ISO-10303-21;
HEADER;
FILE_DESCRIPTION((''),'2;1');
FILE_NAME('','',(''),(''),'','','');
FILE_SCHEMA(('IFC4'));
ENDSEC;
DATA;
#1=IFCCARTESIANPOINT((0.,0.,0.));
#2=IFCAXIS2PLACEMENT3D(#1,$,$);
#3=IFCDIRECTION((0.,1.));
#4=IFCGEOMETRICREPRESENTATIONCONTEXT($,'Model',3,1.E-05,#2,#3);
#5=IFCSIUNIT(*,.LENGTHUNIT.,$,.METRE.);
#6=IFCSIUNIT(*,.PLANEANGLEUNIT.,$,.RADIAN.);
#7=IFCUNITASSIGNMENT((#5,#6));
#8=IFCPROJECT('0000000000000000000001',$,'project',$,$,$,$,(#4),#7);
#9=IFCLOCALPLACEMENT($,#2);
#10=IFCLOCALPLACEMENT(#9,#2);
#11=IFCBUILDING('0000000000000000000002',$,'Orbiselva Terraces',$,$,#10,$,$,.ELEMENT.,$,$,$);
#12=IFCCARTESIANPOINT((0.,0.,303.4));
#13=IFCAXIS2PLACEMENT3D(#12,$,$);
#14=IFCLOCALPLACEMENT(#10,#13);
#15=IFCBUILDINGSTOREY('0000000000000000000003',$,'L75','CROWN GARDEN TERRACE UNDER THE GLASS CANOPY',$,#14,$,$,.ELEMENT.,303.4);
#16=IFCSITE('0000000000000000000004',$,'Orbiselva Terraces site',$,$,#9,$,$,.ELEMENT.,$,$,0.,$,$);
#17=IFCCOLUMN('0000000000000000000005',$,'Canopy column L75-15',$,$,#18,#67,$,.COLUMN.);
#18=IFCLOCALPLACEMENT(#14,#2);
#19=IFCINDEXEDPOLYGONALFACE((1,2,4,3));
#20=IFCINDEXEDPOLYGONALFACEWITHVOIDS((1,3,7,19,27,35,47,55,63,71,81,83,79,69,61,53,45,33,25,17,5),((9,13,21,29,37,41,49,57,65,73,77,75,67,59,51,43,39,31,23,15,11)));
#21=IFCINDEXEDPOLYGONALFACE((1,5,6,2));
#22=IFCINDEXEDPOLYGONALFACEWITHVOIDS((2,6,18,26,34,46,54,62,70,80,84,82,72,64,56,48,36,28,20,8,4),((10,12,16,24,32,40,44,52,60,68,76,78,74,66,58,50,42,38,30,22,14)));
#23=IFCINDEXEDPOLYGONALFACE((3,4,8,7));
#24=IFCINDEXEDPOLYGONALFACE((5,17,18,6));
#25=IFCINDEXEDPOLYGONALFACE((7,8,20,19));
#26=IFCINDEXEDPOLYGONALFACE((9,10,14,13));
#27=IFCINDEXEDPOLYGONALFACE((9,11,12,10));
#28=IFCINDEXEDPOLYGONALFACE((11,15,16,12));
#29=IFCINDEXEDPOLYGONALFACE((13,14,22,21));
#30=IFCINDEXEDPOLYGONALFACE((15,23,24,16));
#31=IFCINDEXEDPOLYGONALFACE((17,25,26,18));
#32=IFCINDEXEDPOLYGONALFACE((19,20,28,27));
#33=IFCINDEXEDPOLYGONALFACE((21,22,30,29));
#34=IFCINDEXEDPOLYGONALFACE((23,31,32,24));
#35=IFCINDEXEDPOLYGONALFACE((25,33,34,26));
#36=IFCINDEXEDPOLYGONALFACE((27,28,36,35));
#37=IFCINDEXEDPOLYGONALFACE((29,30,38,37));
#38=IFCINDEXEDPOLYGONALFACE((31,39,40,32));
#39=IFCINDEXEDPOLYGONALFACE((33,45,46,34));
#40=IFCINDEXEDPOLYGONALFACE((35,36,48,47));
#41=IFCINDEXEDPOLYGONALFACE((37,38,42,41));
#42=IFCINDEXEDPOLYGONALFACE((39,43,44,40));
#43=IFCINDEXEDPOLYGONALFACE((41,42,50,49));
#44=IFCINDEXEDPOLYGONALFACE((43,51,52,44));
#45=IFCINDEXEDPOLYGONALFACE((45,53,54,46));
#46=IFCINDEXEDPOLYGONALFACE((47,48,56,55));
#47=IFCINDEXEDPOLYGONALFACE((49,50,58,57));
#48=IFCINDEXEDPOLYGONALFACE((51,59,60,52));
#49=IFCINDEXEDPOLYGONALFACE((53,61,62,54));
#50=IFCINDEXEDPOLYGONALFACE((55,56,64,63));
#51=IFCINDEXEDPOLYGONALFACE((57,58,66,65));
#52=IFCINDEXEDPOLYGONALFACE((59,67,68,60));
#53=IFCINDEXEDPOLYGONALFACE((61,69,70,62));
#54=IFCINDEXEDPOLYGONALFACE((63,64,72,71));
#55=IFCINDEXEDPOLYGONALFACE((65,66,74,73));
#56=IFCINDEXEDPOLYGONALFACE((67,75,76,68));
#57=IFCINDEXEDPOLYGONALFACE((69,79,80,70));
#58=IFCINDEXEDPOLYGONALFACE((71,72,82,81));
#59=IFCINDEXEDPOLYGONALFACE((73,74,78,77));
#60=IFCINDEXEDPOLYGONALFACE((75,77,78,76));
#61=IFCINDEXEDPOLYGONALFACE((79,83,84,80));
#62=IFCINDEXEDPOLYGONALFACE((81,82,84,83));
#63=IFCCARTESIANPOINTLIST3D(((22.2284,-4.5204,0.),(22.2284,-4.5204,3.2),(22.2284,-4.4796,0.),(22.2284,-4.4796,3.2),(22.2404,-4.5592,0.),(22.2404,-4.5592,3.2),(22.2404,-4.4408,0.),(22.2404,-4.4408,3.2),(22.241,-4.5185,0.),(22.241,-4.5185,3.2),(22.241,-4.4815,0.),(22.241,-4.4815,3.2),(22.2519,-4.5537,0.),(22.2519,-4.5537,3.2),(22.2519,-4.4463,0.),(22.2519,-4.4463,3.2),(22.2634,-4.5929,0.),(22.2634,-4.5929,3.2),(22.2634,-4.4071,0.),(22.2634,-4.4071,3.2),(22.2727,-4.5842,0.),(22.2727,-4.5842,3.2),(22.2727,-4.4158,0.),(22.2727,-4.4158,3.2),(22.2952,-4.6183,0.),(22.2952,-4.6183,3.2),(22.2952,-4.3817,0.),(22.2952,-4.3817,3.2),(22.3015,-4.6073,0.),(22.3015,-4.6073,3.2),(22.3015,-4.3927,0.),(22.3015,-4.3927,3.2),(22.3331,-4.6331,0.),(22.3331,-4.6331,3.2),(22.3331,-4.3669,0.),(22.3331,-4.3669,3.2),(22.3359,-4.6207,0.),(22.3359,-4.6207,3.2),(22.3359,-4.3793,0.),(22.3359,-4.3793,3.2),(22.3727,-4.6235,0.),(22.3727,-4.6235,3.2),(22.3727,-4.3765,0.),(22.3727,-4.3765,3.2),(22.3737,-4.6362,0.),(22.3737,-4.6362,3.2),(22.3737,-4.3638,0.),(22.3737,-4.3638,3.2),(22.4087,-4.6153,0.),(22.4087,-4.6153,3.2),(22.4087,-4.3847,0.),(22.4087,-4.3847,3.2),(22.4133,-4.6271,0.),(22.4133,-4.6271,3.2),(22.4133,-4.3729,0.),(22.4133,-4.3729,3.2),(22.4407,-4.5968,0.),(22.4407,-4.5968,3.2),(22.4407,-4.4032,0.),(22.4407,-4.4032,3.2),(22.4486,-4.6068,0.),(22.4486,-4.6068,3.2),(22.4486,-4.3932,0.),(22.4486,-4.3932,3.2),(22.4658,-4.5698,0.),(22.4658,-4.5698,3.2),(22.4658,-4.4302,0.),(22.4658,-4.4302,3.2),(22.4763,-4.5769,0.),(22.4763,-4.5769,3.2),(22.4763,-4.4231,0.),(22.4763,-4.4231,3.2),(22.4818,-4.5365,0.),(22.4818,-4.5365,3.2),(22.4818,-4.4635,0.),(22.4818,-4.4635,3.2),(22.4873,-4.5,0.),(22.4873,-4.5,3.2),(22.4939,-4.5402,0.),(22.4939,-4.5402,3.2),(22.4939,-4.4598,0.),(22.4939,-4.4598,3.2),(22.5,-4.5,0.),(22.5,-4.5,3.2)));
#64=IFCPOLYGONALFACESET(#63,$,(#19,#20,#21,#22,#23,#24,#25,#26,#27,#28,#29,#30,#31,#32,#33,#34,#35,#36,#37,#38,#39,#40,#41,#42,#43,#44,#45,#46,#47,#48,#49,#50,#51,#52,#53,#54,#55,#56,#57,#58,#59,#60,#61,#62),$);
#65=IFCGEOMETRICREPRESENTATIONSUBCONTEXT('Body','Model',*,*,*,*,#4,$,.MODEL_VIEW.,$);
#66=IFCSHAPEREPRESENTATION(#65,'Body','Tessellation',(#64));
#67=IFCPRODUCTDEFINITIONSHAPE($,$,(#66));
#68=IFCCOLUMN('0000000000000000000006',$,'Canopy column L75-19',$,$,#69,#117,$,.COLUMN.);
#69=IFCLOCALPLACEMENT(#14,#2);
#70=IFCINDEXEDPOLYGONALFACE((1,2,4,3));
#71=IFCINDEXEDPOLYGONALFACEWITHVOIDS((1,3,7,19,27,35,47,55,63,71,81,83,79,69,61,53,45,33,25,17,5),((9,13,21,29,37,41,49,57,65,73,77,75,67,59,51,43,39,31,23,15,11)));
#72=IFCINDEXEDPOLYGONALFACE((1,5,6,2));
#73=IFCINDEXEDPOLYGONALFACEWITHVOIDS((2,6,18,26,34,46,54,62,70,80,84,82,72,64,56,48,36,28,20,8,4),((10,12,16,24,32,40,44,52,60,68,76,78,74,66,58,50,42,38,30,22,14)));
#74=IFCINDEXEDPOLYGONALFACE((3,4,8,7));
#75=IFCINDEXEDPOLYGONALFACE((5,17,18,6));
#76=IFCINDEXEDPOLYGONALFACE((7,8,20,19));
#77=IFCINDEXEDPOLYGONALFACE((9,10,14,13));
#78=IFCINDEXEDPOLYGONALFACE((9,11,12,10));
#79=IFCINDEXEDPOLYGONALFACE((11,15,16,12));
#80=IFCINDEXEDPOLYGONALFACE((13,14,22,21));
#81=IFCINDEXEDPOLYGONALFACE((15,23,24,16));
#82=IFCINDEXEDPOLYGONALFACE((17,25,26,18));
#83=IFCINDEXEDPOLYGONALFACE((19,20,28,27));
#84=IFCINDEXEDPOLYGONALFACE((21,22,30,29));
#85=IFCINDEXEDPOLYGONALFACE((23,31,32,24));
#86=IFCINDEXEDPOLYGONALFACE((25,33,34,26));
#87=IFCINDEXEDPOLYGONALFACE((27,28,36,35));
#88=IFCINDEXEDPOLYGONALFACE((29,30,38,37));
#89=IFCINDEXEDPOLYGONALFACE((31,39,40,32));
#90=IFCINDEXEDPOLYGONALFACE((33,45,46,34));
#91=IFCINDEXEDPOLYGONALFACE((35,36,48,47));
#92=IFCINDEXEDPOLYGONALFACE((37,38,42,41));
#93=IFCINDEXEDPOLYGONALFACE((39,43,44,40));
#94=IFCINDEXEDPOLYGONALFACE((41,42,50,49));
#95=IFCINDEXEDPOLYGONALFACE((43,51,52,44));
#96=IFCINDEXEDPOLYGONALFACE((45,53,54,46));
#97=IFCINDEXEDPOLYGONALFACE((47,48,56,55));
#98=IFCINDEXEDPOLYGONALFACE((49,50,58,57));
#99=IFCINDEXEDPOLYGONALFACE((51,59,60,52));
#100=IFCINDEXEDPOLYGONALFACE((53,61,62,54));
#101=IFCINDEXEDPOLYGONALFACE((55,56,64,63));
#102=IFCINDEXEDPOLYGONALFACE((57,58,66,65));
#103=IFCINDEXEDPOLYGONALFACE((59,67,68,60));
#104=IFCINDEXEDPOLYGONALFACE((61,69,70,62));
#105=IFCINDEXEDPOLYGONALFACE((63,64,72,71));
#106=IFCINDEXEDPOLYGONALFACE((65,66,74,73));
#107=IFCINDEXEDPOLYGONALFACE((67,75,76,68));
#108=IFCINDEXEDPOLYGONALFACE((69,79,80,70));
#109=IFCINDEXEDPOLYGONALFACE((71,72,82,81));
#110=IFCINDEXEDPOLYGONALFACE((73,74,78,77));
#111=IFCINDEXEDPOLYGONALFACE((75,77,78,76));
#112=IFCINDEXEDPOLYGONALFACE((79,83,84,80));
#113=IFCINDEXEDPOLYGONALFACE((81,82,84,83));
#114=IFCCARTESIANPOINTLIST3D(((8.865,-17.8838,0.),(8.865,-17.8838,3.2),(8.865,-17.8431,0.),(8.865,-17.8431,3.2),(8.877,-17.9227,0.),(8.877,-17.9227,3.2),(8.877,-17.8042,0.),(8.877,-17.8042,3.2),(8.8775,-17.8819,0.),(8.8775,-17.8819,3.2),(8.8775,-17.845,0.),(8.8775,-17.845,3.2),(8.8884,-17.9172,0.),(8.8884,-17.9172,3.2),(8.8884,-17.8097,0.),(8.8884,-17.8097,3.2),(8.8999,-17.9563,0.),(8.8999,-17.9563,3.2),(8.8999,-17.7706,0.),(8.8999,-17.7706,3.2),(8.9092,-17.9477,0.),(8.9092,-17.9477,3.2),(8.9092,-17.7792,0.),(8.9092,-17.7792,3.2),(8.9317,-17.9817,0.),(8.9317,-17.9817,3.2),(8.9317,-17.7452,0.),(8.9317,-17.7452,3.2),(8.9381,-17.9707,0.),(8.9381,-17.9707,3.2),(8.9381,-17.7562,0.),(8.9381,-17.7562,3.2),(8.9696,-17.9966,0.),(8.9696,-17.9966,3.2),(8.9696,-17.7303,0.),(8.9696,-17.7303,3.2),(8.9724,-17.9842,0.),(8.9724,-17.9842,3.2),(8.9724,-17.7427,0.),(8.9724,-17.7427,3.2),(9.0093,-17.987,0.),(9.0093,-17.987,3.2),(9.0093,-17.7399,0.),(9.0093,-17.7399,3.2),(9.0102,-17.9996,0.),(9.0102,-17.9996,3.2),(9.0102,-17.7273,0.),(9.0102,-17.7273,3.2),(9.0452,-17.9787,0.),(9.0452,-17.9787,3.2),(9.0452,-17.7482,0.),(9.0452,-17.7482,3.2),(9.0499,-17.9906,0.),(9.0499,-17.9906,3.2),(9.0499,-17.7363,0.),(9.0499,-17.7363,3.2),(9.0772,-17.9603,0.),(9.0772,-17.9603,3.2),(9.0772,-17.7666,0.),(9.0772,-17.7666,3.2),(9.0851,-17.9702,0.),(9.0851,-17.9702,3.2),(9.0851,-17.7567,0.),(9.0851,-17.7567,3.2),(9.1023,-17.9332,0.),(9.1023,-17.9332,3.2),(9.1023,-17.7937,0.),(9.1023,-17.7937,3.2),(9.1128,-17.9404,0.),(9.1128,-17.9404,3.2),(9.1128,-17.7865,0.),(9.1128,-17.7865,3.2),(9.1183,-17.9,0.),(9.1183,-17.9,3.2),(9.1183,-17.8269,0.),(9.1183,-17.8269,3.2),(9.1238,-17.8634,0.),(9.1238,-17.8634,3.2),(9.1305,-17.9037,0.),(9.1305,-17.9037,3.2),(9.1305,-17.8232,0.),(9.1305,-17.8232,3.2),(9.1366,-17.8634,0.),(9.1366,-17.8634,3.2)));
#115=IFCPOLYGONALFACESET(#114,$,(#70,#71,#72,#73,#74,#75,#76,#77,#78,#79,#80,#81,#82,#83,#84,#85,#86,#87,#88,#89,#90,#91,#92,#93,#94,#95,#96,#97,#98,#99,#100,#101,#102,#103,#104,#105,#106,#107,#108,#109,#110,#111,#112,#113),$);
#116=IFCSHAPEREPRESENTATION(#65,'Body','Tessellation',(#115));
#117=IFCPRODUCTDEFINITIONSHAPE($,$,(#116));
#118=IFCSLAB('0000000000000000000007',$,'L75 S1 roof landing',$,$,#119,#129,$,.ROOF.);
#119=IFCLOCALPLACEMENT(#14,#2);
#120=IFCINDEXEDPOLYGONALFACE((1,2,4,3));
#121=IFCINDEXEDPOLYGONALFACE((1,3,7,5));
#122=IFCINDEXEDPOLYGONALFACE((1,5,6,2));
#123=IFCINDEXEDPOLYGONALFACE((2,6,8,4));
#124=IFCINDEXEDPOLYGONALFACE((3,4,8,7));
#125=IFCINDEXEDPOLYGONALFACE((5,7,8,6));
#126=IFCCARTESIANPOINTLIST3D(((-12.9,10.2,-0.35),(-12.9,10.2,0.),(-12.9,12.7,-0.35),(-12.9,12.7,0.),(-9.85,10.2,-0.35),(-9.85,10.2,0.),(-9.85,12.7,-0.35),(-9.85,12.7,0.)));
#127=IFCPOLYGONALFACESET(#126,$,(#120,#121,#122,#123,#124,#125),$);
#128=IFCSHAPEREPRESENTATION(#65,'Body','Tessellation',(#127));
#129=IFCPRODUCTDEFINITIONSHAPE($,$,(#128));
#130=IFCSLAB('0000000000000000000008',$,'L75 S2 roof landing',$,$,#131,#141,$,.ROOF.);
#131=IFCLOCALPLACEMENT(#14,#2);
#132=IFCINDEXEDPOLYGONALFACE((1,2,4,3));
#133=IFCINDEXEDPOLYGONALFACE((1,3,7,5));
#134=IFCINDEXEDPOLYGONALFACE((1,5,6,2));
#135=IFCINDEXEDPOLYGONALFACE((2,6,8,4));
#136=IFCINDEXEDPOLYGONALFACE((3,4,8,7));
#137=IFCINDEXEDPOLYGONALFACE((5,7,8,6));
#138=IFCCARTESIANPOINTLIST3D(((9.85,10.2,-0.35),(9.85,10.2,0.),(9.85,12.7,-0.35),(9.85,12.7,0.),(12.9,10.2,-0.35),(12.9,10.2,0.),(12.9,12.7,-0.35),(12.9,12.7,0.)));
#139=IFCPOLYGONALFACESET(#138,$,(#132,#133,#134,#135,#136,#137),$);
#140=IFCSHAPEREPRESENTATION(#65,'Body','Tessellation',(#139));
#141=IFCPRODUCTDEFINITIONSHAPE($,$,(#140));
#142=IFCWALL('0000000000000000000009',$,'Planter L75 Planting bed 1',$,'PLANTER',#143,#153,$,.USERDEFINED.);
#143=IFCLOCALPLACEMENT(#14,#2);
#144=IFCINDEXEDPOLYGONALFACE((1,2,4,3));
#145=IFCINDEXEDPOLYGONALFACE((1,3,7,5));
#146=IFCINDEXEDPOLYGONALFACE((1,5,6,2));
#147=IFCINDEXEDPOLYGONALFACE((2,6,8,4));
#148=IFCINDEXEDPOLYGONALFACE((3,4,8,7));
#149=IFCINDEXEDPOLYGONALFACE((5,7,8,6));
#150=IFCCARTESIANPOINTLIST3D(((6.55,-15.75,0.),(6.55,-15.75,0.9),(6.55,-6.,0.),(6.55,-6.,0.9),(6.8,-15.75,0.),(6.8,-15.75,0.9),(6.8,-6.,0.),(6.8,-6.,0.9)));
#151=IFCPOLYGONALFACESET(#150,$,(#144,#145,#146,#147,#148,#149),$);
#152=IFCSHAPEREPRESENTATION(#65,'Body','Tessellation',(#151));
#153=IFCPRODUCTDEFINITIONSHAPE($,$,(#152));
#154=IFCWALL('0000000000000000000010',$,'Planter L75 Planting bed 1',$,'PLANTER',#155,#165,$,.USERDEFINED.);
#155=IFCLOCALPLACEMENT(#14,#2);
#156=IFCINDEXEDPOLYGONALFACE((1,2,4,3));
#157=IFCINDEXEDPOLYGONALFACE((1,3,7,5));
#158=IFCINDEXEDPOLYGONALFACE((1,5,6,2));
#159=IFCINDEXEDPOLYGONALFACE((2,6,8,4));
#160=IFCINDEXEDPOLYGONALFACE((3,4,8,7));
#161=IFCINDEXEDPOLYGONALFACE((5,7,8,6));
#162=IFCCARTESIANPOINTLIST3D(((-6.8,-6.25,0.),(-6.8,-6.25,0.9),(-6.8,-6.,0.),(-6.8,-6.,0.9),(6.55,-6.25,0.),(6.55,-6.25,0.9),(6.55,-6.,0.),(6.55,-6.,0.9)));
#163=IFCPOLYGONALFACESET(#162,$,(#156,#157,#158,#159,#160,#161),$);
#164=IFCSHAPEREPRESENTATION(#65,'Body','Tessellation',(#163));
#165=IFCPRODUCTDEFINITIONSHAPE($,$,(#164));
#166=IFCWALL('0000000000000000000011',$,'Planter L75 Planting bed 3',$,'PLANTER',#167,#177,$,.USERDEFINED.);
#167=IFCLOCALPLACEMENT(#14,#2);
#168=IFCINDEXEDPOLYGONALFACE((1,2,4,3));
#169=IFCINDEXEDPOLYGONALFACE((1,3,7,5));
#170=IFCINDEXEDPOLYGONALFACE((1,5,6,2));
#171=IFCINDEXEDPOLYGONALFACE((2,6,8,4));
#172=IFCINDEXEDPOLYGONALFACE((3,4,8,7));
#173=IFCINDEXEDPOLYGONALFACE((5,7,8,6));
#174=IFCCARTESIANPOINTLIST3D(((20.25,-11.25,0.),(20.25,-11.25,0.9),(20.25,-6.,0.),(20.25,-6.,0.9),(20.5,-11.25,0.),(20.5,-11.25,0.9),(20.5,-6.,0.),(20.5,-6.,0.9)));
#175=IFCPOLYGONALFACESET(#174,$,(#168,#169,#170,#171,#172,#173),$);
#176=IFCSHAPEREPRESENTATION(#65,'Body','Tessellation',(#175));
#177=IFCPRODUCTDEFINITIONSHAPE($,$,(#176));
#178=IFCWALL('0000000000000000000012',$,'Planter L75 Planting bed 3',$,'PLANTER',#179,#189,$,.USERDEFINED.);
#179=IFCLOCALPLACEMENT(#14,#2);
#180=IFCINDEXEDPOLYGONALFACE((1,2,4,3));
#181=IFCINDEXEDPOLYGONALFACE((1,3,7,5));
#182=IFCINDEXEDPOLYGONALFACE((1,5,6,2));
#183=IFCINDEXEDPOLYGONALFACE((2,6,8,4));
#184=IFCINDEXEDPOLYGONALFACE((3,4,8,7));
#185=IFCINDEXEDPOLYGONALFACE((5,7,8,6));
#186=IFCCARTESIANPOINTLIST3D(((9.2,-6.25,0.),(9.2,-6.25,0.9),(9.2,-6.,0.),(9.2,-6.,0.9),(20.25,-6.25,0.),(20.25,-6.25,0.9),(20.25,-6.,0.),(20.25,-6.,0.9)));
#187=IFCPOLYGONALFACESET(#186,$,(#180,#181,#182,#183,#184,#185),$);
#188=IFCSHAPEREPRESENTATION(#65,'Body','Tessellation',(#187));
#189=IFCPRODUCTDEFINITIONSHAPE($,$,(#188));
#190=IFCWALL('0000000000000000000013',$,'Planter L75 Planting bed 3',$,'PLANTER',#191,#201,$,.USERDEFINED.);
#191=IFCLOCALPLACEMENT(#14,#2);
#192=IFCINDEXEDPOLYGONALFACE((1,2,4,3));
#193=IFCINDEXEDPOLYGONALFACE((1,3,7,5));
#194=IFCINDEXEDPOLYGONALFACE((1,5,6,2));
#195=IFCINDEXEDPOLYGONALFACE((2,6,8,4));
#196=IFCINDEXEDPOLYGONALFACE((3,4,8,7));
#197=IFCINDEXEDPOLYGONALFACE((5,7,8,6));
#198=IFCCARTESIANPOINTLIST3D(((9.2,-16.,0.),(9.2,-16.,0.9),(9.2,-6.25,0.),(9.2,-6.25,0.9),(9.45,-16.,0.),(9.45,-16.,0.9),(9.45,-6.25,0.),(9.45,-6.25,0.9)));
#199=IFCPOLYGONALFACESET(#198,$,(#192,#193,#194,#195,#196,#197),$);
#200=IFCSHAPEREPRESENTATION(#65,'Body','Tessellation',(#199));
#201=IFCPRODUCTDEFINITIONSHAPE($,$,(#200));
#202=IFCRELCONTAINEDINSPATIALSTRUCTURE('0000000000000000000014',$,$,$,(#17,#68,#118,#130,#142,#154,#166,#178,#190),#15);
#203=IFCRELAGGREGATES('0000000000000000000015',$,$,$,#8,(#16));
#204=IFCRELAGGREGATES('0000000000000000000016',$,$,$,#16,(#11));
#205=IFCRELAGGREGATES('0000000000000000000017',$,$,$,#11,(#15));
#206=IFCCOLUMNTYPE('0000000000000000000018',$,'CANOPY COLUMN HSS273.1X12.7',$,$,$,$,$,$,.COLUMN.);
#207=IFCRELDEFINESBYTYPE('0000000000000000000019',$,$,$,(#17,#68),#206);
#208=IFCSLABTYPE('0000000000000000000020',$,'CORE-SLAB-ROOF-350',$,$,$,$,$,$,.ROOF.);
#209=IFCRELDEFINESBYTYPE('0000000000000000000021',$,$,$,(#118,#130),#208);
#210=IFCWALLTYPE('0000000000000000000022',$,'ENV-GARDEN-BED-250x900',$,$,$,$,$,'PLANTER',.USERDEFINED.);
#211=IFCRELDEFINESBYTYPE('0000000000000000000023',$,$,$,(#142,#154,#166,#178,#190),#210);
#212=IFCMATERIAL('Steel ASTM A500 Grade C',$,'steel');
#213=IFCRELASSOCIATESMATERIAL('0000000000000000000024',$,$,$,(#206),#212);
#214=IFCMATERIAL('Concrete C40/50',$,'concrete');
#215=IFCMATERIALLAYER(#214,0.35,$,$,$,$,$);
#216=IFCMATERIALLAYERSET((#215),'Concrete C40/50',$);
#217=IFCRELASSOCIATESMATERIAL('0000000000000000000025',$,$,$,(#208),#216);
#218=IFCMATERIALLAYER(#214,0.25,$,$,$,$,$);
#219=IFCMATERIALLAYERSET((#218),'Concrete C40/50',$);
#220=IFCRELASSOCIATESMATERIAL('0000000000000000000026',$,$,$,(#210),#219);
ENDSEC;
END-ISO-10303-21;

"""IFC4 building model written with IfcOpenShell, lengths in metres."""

from ifc_helpers import new_model, si_unit, direction, frame, frame_2d, origin, origin_2d, place, context, subcontext, project, spatial, polyline, rectangle, hollow_circle, outline, extrude, material, layer, layer_set, material_profile, profile_set, type_object, element, save


model = new_model("IFC4")

# Units and contexts
model_context = context("Model", 3, precision=1e-05, world=origin(), true_north=direction((0.0, 1.0)))
body_context = subcontext(model_context, "Body", "Model", "MODEL_VIEW")
ifc_project = project(units=[si_unit("LENGTHUNIT", "METRE"), si_unit("PLANEANGLEUNIT", "RADIAN")], contexts=[model_context])

# Site, building, storey
site_placement = place(None, origin())
site = spatial("IfcSite", under=ifc_project, at=site_placement, Name="Orbiselva Terraces site", CompositionType="ELEMENT", RefElevation=0.0)
building_placement = place(site_placement, origin())
building = spatial("IfcBuilding", under=site, at=building_placement, Name="Orbiselva Terraces", CompositionType="ELEMENT")
storey_placement = place(building_placement, frame((0.0, 0.0, 303.4)))
storey = spatial("IfcBuildingStorey", under=building, at=storey_placement, Name="L75", Description="CROWN GARDEN TERRACE UNDER THE GLASS CANOPY", CompositionType="ELEMENT", Elevation=303.4)

# Columns
ifc_material_1 = material(Name="Steel ASTM A500 Grade C", Category="steel")
ifc_material_profile = material_profile(ifc_material_1, hollow_circle(Radius=0.1366, WallThickness=0.0127, at=origin_2d()), Name="HSS273.1X12.7")
ifc_profile_set = profile_set([ifc_material_profile], Name="Steel ASTM A500 Grade C")
column_type = type_object("IfcColumnType", Name="CANOPY COLUMN HSS273.1X12.7", PredefinedType="COLUMN", material=ifc_profile_set)
for number, where, z_axis, x_axis, name in (
    (1, (22.3635, -4.5, 0.0), (0.0, 0.0, 1.0), (1.0, 0.0, 0.0), "Canopy column L75-15"),
    (2, (9.0, -17.8635, 0.0), (0.0, 0.0, 1.0), (1.0, 0.0, 0.0), "Canopy column L75-19"),
):
    element("IfcColumn", number, at=place(storey_placement, frame(where, z_axis=z_axis, x_axis=x_axis)), inside=storey, type_object=column_type, Name=name, PredefinedType="COLUMN", context=body_context, shape_type="SweptSolid", body=[
        extrude(hollow_circle(Radius=0.1366, WallThickness=0.0127, at=origin_2d()), origin(), (0.0, 0.0, 1.0), 3.2),
    ])

# Slabs
ifc_material_2 = material(Name="Concrete C40/50", Category="concrete")
ifc_layer_1 = layer(ifc_material_2, 0.35)
ifc_layer_set_1 = layer_set([ifc_layer_1], Name="Concrete C40/50")
slab_type = type_object("IfcSlabType", Name="CORE-SLAB-ROOF-350", PredefinedType="ROOF", material=ifc_layer_set_1)
slab_1_placement = place(storey_placement, frame((0.0, 0.0, -0.35)))
element("IfcSlab", 3, at=slab_1_placement, inside=storey, type_object=slab_type, Name="L75 S1 roof landing", PredefinedType="ROOF", context=body_context, shape_type="SweptSolid", body=[
    extrude(outline(polyline([(-12.9, 12.7), (-9.85, 12.7), (-9.85, 10.2), (-12.9, 10.2), (-12.9, 12.7)])), origin(), (0.0, 0.0, 1.0), 0.35),
])
slab_2_placement = place(storey_placement, frame((0.0, 0.0, -0.35)))
element("IfcSlab", 4, at=slab_2_placement, inside=storey, type_object=slab_type, Name="L75 S2 roof landing", PredefinedType="ROOF", context=body_context, shape_type="SweptSolid", body=[
    extrude(outline(polyline([(12.9, 12.7), (12.9, 10.2), (9.85, 10.2), (9.85, 12.7), (12.9, 12.7)])), origin(), (0.0, 0.0, 1.0), 0.35),
])

# Walls
ifc_layer_2 = layer(ifc_material_2, 0.25)
ifc_layer_set_2 = layer_set([ifc_layer_2], Name="Concrete C40/50")
wall_type = type_object("IfcWallType", Name="ENV-GARDEN-BED-250x900", ElementType="PLANTER", PredefinedType="USERDEFINED", material=ifc_layer_set_2)
wall_1_placement = place(storey_placement, frame((6.675, -15.75, 0.0), z_axis=(0.0, 0.0, 1.0), x_axis=(0.0, 1.0, 0.0)))
element("IfcWall", 5, at=wall_1_placement, inside=storey, type_object=wall_type, Name="Planter L75 Planting bed 1", ObjectType="PLANTER", PredefinedType="USERDEFINED", context=body_context, shape_type="SweptSolid", body=[
    extrude(rectangle(XDim=9.75, YDim=0.25, at=frame_2d((4.875, 0.0))), origin(), (0.0, 0.0, 1.0), 0.9),
])
wall_2_placement = place(storey_placement, frame((6.55, -6.125, 0.0), z_axis=(0.0, 0.0, 1.0), x_axis=(-1.0, 0.0, 0.0)))
element("IfcWall", 6, at=wall_2_placement, inside=storey, type_object=wall_type, Name="Planter L75 Planting bed 1", ObjectType="PLANTER", PredefinedType="USERDEFINED", context=body_context, shape_type="SweptSolid", body=[
    extrude(rectangle(XDim=13.35, YDim=0.25, at=frame_2d((6.675, 0.0))), origin(), (0.0, 0.0, 1.0), 0.9),
])
wall_3_placement = place(storey_placement, frame((20.375, -11.25, 0.0), z_axis=(0.0, 0.0, 1.0), x_axis=(0.0, 1.0, 0.0)))
element("IfcWall", 7, at=wall_3_placement, inside=storey, type_object=wall_type, Name="Planter L75 Planting bed 3", ObjectType="PLANTER", PredefinedType="USERDEFINED", context=body_context, shape_type="SweptSolid", body=[
    extrude(rectangle(XDim=5.25, YDim=0.25, at=frame_2d((2.625, 0.0))), origin(), (0.0, 0.0, 1.0), 0.9),
])
wall_4_placement = place(storey_placement, frame((20.25, -6.125, 0.0), z_axis=(0.0, 0.0, 1.0), x_axis=(-1.0, 0.0, 0.0)))
element("IfcWall", 8, at=wall_4_placement, inside=storey, type_object=wall_type, Name="Planter L75 Planting bed 3", ObjectType="PLANTER", PredefinedType="USERDEFINED", context=body_context, shape_type="SweptSolid", body=[
    extrude(rectangle(XDim=11.05, YDim=0.25, at=frame_2d((5.525, 0.0))), origin(), (0.0, 0.0, 1.0), 0.9),
])
wall_5_placement = place(storey_placement, frame((9.325, -6.25, 0.0), z_axis=(0.0, 0.0, 1.0), x_axis=(0.0, -1.0, 0.0)))
element("IfcWall", 9, at=wall_5_placement, inside=storey, type_object=wall_type, Name="Planter L75 Planting bed 3", ObjectType="PLANTER", PredefinedType="USERDEFINED", context=body_context, shape_type="SweptSolid", body=[
    extrude(rectangle(XDim=9.75, YDim=0.25, at=frame_2d((4.875, 0.0))), origin(), (0.0, 0.0, 1.0), 0.9),
])

save(model, "model.ifc")
